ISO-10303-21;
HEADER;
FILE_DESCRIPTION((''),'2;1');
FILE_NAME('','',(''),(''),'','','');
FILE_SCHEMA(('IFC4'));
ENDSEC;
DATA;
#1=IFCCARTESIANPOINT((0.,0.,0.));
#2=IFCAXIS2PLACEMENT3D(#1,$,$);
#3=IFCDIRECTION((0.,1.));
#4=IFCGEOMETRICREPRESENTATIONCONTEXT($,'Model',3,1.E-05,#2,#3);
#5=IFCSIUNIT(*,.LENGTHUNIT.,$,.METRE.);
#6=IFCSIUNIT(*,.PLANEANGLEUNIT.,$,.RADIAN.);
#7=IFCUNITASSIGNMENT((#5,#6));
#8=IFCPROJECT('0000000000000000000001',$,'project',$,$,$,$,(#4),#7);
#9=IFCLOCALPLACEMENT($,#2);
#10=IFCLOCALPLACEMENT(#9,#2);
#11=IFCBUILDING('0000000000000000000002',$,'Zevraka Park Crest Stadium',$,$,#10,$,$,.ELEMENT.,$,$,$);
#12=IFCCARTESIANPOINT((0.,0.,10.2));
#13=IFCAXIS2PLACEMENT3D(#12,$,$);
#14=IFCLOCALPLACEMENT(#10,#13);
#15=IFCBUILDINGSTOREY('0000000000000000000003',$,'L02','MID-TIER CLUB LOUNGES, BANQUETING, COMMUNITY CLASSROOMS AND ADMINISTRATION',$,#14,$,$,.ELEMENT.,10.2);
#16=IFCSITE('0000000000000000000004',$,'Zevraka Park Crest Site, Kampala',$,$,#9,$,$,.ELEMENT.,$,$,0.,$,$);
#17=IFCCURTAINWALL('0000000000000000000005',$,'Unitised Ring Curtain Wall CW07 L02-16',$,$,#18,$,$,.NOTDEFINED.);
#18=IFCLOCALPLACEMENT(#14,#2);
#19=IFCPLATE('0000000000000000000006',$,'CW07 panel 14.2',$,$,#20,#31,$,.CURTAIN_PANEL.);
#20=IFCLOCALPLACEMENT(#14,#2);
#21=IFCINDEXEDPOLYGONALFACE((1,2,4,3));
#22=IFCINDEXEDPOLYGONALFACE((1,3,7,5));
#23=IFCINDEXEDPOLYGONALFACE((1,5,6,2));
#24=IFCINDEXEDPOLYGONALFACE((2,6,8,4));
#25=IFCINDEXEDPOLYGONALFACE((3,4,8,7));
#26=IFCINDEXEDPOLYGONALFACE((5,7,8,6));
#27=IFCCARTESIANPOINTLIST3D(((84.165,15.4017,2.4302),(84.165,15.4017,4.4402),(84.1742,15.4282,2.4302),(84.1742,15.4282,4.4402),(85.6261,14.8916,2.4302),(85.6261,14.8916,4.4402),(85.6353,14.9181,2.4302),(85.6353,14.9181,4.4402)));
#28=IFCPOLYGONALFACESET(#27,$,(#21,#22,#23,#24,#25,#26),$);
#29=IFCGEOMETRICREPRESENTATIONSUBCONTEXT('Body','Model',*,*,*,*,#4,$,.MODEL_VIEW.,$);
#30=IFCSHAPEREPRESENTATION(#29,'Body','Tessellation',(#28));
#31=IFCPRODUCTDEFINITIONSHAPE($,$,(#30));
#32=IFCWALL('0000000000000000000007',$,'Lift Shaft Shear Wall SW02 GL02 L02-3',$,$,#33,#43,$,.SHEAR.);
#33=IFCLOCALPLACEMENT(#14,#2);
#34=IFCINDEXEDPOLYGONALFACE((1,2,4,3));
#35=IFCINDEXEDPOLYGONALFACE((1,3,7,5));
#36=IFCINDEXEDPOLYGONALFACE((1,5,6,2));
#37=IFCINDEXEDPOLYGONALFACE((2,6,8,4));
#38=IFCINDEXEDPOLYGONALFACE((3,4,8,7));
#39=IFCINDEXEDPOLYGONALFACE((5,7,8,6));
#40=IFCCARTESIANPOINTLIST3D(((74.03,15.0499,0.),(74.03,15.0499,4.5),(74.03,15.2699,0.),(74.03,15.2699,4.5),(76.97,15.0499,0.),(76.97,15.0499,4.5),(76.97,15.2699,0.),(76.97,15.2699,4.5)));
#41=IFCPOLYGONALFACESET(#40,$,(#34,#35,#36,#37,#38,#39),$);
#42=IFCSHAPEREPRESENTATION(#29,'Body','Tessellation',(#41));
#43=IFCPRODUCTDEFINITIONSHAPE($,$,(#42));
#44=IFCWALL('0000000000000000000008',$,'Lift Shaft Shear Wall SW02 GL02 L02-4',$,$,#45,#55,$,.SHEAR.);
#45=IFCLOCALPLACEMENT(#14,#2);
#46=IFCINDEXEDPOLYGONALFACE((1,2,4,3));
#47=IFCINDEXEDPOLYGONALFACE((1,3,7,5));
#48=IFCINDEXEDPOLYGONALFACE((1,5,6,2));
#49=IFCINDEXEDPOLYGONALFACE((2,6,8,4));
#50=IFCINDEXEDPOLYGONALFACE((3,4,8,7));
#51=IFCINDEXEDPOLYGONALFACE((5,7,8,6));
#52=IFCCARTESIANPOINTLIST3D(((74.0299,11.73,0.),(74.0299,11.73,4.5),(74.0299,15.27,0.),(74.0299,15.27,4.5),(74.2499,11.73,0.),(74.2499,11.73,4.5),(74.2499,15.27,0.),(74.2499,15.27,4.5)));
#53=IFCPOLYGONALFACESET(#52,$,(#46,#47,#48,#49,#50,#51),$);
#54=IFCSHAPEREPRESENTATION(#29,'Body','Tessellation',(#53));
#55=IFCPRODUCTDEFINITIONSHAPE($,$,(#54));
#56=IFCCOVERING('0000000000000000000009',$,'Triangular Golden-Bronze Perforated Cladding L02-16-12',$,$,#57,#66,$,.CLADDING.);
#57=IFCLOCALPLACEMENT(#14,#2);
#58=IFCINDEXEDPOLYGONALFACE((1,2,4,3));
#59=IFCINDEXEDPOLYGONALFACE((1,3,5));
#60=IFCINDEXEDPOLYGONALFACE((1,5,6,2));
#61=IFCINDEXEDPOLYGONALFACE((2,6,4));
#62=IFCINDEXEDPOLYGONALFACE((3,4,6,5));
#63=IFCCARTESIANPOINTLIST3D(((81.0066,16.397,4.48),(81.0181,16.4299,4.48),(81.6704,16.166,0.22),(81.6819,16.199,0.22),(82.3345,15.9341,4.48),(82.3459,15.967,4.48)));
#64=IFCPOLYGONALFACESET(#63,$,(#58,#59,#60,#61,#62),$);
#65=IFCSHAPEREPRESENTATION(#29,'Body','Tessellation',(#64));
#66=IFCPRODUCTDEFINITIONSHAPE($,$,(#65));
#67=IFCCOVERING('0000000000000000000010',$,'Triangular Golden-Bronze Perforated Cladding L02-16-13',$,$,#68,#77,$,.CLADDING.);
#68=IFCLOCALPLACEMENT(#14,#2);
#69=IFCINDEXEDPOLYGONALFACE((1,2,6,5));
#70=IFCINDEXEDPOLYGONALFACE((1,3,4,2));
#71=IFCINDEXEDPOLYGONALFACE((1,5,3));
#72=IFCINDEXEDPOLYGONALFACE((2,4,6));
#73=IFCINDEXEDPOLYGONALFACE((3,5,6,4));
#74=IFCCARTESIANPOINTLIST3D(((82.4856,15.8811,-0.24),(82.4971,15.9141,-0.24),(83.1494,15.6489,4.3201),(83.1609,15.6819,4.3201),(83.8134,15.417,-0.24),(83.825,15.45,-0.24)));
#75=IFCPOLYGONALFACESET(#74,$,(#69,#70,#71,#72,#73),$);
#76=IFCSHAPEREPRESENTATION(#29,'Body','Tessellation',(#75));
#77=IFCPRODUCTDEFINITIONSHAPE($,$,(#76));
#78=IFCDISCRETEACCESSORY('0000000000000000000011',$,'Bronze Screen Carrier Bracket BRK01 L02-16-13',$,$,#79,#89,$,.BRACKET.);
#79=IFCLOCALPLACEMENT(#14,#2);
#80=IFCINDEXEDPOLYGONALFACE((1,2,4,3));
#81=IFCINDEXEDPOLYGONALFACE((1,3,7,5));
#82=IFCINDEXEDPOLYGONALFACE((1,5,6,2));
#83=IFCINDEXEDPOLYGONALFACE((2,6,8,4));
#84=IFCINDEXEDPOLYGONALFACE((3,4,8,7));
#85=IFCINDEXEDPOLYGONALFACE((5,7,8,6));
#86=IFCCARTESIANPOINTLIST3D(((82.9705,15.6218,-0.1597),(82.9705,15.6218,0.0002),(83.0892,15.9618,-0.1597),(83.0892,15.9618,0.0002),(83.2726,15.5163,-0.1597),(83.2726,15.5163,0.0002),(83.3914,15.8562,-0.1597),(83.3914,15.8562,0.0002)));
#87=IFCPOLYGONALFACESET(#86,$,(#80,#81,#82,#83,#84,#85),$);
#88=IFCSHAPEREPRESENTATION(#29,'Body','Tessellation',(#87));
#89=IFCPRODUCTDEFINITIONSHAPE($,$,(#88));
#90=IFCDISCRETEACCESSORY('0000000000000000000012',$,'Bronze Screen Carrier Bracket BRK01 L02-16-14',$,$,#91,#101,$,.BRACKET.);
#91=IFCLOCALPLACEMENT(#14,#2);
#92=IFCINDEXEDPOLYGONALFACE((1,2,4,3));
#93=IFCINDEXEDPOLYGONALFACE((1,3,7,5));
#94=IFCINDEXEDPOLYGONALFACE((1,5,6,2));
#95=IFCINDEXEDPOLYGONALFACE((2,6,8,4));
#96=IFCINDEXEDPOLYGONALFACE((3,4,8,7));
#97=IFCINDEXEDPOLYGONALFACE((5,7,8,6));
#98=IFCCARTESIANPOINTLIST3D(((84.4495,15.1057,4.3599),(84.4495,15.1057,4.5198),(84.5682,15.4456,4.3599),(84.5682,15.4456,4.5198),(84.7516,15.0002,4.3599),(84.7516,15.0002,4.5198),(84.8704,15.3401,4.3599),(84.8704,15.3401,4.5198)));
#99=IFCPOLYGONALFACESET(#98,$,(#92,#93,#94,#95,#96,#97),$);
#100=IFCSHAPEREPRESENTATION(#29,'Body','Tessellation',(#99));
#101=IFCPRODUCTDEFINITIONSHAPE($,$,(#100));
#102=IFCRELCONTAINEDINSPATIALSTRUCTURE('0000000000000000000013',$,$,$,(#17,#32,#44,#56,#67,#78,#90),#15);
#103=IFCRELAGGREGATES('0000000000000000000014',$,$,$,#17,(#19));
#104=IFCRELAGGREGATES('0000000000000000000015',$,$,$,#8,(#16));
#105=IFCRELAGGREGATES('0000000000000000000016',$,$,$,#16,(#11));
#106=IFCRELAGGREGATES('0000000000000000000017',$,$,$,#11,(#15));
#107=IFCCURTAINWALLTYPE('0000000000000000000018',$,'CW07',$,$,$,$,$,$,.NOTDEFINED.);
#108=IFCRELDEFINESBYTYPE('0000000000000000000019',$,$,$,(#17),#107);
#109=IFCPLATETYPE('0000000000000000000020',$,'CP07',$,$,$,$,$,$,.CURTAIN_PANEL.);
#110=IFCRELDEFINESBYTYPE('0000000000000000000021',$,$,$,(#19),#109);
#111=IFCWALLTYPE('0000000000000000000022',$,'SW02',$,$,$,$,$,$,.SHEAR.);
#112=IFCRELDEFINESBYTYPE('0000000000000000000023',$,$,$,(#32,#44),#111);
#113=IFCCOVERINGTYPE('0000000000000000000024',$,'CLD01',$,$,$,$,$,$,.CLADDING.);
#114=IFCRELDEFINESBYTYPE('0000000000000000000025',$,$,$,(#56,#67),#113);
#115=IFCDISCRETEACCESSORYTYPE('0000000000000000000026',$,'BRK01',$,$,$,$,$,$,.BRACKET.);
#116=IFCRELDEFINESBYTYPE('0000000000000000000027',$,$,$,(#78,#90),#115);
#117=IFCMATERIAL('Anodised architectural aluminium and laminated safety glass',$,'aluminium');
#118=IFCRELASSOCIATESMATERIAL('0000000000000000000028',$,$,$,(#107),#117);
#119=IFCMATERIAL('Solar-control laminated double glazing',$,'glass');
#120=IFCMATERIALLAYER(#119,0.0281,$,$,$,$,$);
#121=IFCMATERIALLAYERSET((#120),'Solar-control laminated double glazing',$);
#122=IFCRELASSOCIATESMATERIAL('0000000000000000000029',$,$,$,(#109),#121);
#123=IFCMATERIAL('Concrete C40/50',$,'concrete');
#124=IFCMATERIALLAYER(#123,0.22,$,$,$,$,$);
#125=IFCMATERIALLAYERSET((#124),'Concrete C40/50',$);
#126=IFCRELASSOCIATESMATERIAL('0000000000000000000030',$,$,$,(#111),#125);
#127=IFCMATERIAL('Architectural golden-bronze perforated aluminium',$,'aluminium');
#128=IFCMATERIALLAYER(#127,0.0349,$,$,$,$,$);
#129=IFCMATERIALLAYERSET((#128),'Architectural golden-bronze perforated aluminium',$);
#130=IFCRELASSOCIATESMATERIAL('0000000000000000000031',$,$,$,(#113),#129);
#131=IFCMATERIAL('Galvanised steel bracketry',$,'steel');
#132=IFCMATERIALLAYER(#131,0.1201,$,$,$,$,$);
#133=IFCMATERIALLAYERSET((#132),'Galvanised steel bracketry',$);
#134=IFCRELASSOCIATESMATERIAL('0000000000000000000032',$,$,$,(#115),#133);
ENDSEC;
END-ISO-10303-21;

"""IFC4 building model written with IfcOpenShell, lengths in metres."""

from ifc_helpers import new_model, si_unit, direction, frame, frame_2d, origin, origin_2d, place, context, subcontext, project, spatial, polyline, rectangle, outline, extrude, material, layer, layer_set, type_object, element, aggregate, save


model = new_model("IFC4")

# Units and contexts
model_context = context("Model", 3, precision=1e-05, world=origin(), true_north=direction((0.0, 1.0)))
body_context = subcontext(model_context, "Body", "Model", "MODEL_VIEW")
ifc_project = project(units=[si_unit("LENGTHUNIT", "METRE"), si_unit("PLANEANGLEUNIT", "RADIAN")], contexts=[model_context])

# Site, building, storey
site_placement = place(None, origin())
site = spatial("IfcSite", under=ifc_project, at=site_placement, Name="Zevraka Park Crest Site, Kampala", CompositionType="ELEMENT", RefElevation=0.0)
building_placement = place(site_placement, origin())
building = spatial("IfcBuilding", under=site, at=building_placement, Name="Zevraka Park Crest Stadium", CompositionType="ELEMENT")
storey_placement = place(building_placement, frame((0.0, 0.0, 10.2)))
storey = spatial("IfcBuildingStorey", under=building, at=storey_placement, Name="L02", Description="MID-TIER CLUB LOUNGES, BANQUETING, COMMUNITY CLASSROOMS AND ADMINISTRATION", CompositionType="ELEMENT", Elevation=10.2)

# Curtain wall, plate
ifc_material_1 = material(Name="Anodised architectural aluminium and laminated safety glass", Category="aluminium")
curtain_wall_type = type_object("IfcCurtainWallType", Name="CW07", PredefinedType="NOTDEFINED", material=ifc_material_1)
curtain_wall_placement = place(storey_placement, origin())
curtain_wall = element("IfcCurtainWall", 1, at=curtain_wall_placement, inside=storey, type_object=curtain_wall_type, Name="Unitised Ring Curtain Wall CW07 L02-16", PredefinedType="NOTDEFINED")
ifc_material_2 = material(Name="Solar-control laminated double glazing", Category="glass")
ifc_layer_1 = layer(ifc_material_2, 0.0281)
ifc_layer_set_1 = layer_set([ifc_layer_1], Name="Solar-control laminated double glazing")
plate_type = type_object("IfcPlateType", Name="CP07", PredefinedType="CURTAIN_PANEL", material=ifc_layer_set_1)
plate_1_placement = place(storey_placement, frame((84.9001, 15.1599, 2.4302), z_axis=(0.0, 0.0, 1.0), x_axis=(0.944114, -0.329619, 0.0)))
plate_1 = element("IfcPlate", 2, at=plate_1_placement, type_object=plate_type, Name="CW07 panel 14.2", PredefinedType="CURTAIN_PANEL", context=body_context, shape_type="SweptSolid", body=[
    extrude(rectangle(XDim=1.5476, YDim=0.0281, at=origin_2d()), origin(), (0.0, 0.0, 1.0), 2.01),
])
aggregate(curtain_wall, [plate_1])

# Walls
ifc_material_3 = material(Name="Concrete C40/50", Category="concrete")
ifc_layer_2 = layer(ifc_material_3, 0.22)
ifc_layer_set_2 = layer_set([ifc_layer_2], Name="Concrete C40/50")
wall_type = type_object("IfcWallType", Name="SW02", PredefinedType="SHEAR", material=ifc_layer_set_2)
wall_1_placement = place(storey_placement, frame((76.97, 15.1599, 0.0), z_axis=(0.0, 0.0, 1.0), x_axis=(-1.0, 0.0, 0.0)))
element("IfcWall", 3, at=wall_1_placement, inside=storey, type_object=wall_type, Name="Lift Shaft Shear Wall SW02 GL02 L02-3", PredefinedType="SHEAR", context=body_context, shape_type="SweptSolid", body=[
    extrude(rectangle(XDim=2.9399, YDim=0.22, at=frame_2d((1.47, 0.0))), origin(), (0.0, 0.0, 1.0), 4.5),
])
wall_2_placement = place(storey_placement, frame((74.1399, 15.27, 0.0), z_axis=(0.0, 0.0, 1.0), x_axis=(0.0, -1.0, 0.0)))
element("IfcWall", 4, at=wall_2_placement, inside=storey, type_object=wall_type, Name="Lift Shaft Shear Wall SW02 GL02 L02-4", PredefinedType="SHEAR", context=body_context, shape_type="SweptSolid", body=[
    extrude(rectangle(XDim=3.54, YDim=0.22, at=frame_2d((1.77, 0.0))), origin(), (0.0, 0.0, 1.0), 4.5),
])

# Coverings
ifc_material_4 = material(Name="Architectural golden-bronze perforated aluminium", Category="aluminium")
ifc_layer_3 = layer(ifc_material_4, 0.0349)
ifc_layer_set_3 = layer_set([ifc_layer_3], Name="Architectural golden-bronze perforated aluminium")
covering_type = type_object("IfcCoveringType", Name="CLD01", PredefinedType="CLADDING", material=ifc_layer_set_3)
covering_1_placement = place(storey_placement, frame((82.3459, 15.967, 4.48), z_axis=(0.329167, 0.944272, 0.000099), x_axis=(-0.944272, 0.329167, 0.0)))
element("IfcCovering", 5, at=covering_1_placement, inside=storey, type_object=covering_type, Name="Triangular Golden-Bronze Perforated Cladding L02-16-12", PredefinedType="CLADDING", context=body_context, shape_type="SweptSolid", body=[
    extrude(outline(polyline([(0.0, 0.0), (1.4062, 0.0), (0.7034, -4.26), (0.0, 0.0)])), origin(), (0.0, 0.0, -1.0), 0.0349),
])
covering_2_placement = place(storey_placement, frame((82.4971, 15.9141, -0.24), z_axis=(0.329941, 0.944002, 0.000034), x_axis=(0.944002, -0.329941, 0.0)))
element("IfcCovering", 6, at=covering_2_placement, inside=storey, type_object=covering_type, Name="Triangular Golden-Bronze Perforated Cladding L02-16-13", PredefinedType="CLADDING", context=body_context, shape_type="SweptSolid", body=[
    extrude(outline(polyline([(0.0, 0.0), (1.4067, 0.0), (0.7033, -4.5601), (0.0, 0.0)])), origin(), (0.0, 0.0, -1.0), 0.0349),
])

# Discrete accessories
ifc_material_5 = material(Name="Galvanised steel bracketry", Category="steel")
ifc_layer_4 = layer(ifc_material_5, 0.1201)
ifc_layer_set_4 = layer_set([ifc_layer_4], Name="Galvanised steel bracketry")
discrete_accessory_type = type_object("IfcDiscreteAccessoryType", Name="BRK01", PredefinedType="BRACKET", material=ifc_layer_set_4)
for number, where, z_axis, x_axis, name in (
    (7, (83.1809, 15.739, -0.1597), (0.0, 0.0, 1.0), (0.944089, -0.329691, 0.0), "Bronze Screen Carrier Bracket BRK01 L02-16-13"),
    (8, (84.6599, 15.2229, 4.3599), (0.0, 0.0, 1.0), (0.944089, -0.329691, 0.0), "Bronze Screen Carrier Bracket BRK01 L02-16-14"),
):
    element("IfcDiscreteAccessory", number, at=place(storey_placement, frame(where, z_axis=z_axis, x_axis=x_axis)), inside=storey, type_object=discrete_accessory_type, Name=name, PredefinedType="BRACKET", context=body_context, shape_type="SweptSolid", body=[
        extrude(rectangle(XDim=0.3201, YDim=0.3601, at=origin_2d()), origin(), (0.0, 0.0, 1.0), 0.1599),
    ])

save(model, "model.ifc")
